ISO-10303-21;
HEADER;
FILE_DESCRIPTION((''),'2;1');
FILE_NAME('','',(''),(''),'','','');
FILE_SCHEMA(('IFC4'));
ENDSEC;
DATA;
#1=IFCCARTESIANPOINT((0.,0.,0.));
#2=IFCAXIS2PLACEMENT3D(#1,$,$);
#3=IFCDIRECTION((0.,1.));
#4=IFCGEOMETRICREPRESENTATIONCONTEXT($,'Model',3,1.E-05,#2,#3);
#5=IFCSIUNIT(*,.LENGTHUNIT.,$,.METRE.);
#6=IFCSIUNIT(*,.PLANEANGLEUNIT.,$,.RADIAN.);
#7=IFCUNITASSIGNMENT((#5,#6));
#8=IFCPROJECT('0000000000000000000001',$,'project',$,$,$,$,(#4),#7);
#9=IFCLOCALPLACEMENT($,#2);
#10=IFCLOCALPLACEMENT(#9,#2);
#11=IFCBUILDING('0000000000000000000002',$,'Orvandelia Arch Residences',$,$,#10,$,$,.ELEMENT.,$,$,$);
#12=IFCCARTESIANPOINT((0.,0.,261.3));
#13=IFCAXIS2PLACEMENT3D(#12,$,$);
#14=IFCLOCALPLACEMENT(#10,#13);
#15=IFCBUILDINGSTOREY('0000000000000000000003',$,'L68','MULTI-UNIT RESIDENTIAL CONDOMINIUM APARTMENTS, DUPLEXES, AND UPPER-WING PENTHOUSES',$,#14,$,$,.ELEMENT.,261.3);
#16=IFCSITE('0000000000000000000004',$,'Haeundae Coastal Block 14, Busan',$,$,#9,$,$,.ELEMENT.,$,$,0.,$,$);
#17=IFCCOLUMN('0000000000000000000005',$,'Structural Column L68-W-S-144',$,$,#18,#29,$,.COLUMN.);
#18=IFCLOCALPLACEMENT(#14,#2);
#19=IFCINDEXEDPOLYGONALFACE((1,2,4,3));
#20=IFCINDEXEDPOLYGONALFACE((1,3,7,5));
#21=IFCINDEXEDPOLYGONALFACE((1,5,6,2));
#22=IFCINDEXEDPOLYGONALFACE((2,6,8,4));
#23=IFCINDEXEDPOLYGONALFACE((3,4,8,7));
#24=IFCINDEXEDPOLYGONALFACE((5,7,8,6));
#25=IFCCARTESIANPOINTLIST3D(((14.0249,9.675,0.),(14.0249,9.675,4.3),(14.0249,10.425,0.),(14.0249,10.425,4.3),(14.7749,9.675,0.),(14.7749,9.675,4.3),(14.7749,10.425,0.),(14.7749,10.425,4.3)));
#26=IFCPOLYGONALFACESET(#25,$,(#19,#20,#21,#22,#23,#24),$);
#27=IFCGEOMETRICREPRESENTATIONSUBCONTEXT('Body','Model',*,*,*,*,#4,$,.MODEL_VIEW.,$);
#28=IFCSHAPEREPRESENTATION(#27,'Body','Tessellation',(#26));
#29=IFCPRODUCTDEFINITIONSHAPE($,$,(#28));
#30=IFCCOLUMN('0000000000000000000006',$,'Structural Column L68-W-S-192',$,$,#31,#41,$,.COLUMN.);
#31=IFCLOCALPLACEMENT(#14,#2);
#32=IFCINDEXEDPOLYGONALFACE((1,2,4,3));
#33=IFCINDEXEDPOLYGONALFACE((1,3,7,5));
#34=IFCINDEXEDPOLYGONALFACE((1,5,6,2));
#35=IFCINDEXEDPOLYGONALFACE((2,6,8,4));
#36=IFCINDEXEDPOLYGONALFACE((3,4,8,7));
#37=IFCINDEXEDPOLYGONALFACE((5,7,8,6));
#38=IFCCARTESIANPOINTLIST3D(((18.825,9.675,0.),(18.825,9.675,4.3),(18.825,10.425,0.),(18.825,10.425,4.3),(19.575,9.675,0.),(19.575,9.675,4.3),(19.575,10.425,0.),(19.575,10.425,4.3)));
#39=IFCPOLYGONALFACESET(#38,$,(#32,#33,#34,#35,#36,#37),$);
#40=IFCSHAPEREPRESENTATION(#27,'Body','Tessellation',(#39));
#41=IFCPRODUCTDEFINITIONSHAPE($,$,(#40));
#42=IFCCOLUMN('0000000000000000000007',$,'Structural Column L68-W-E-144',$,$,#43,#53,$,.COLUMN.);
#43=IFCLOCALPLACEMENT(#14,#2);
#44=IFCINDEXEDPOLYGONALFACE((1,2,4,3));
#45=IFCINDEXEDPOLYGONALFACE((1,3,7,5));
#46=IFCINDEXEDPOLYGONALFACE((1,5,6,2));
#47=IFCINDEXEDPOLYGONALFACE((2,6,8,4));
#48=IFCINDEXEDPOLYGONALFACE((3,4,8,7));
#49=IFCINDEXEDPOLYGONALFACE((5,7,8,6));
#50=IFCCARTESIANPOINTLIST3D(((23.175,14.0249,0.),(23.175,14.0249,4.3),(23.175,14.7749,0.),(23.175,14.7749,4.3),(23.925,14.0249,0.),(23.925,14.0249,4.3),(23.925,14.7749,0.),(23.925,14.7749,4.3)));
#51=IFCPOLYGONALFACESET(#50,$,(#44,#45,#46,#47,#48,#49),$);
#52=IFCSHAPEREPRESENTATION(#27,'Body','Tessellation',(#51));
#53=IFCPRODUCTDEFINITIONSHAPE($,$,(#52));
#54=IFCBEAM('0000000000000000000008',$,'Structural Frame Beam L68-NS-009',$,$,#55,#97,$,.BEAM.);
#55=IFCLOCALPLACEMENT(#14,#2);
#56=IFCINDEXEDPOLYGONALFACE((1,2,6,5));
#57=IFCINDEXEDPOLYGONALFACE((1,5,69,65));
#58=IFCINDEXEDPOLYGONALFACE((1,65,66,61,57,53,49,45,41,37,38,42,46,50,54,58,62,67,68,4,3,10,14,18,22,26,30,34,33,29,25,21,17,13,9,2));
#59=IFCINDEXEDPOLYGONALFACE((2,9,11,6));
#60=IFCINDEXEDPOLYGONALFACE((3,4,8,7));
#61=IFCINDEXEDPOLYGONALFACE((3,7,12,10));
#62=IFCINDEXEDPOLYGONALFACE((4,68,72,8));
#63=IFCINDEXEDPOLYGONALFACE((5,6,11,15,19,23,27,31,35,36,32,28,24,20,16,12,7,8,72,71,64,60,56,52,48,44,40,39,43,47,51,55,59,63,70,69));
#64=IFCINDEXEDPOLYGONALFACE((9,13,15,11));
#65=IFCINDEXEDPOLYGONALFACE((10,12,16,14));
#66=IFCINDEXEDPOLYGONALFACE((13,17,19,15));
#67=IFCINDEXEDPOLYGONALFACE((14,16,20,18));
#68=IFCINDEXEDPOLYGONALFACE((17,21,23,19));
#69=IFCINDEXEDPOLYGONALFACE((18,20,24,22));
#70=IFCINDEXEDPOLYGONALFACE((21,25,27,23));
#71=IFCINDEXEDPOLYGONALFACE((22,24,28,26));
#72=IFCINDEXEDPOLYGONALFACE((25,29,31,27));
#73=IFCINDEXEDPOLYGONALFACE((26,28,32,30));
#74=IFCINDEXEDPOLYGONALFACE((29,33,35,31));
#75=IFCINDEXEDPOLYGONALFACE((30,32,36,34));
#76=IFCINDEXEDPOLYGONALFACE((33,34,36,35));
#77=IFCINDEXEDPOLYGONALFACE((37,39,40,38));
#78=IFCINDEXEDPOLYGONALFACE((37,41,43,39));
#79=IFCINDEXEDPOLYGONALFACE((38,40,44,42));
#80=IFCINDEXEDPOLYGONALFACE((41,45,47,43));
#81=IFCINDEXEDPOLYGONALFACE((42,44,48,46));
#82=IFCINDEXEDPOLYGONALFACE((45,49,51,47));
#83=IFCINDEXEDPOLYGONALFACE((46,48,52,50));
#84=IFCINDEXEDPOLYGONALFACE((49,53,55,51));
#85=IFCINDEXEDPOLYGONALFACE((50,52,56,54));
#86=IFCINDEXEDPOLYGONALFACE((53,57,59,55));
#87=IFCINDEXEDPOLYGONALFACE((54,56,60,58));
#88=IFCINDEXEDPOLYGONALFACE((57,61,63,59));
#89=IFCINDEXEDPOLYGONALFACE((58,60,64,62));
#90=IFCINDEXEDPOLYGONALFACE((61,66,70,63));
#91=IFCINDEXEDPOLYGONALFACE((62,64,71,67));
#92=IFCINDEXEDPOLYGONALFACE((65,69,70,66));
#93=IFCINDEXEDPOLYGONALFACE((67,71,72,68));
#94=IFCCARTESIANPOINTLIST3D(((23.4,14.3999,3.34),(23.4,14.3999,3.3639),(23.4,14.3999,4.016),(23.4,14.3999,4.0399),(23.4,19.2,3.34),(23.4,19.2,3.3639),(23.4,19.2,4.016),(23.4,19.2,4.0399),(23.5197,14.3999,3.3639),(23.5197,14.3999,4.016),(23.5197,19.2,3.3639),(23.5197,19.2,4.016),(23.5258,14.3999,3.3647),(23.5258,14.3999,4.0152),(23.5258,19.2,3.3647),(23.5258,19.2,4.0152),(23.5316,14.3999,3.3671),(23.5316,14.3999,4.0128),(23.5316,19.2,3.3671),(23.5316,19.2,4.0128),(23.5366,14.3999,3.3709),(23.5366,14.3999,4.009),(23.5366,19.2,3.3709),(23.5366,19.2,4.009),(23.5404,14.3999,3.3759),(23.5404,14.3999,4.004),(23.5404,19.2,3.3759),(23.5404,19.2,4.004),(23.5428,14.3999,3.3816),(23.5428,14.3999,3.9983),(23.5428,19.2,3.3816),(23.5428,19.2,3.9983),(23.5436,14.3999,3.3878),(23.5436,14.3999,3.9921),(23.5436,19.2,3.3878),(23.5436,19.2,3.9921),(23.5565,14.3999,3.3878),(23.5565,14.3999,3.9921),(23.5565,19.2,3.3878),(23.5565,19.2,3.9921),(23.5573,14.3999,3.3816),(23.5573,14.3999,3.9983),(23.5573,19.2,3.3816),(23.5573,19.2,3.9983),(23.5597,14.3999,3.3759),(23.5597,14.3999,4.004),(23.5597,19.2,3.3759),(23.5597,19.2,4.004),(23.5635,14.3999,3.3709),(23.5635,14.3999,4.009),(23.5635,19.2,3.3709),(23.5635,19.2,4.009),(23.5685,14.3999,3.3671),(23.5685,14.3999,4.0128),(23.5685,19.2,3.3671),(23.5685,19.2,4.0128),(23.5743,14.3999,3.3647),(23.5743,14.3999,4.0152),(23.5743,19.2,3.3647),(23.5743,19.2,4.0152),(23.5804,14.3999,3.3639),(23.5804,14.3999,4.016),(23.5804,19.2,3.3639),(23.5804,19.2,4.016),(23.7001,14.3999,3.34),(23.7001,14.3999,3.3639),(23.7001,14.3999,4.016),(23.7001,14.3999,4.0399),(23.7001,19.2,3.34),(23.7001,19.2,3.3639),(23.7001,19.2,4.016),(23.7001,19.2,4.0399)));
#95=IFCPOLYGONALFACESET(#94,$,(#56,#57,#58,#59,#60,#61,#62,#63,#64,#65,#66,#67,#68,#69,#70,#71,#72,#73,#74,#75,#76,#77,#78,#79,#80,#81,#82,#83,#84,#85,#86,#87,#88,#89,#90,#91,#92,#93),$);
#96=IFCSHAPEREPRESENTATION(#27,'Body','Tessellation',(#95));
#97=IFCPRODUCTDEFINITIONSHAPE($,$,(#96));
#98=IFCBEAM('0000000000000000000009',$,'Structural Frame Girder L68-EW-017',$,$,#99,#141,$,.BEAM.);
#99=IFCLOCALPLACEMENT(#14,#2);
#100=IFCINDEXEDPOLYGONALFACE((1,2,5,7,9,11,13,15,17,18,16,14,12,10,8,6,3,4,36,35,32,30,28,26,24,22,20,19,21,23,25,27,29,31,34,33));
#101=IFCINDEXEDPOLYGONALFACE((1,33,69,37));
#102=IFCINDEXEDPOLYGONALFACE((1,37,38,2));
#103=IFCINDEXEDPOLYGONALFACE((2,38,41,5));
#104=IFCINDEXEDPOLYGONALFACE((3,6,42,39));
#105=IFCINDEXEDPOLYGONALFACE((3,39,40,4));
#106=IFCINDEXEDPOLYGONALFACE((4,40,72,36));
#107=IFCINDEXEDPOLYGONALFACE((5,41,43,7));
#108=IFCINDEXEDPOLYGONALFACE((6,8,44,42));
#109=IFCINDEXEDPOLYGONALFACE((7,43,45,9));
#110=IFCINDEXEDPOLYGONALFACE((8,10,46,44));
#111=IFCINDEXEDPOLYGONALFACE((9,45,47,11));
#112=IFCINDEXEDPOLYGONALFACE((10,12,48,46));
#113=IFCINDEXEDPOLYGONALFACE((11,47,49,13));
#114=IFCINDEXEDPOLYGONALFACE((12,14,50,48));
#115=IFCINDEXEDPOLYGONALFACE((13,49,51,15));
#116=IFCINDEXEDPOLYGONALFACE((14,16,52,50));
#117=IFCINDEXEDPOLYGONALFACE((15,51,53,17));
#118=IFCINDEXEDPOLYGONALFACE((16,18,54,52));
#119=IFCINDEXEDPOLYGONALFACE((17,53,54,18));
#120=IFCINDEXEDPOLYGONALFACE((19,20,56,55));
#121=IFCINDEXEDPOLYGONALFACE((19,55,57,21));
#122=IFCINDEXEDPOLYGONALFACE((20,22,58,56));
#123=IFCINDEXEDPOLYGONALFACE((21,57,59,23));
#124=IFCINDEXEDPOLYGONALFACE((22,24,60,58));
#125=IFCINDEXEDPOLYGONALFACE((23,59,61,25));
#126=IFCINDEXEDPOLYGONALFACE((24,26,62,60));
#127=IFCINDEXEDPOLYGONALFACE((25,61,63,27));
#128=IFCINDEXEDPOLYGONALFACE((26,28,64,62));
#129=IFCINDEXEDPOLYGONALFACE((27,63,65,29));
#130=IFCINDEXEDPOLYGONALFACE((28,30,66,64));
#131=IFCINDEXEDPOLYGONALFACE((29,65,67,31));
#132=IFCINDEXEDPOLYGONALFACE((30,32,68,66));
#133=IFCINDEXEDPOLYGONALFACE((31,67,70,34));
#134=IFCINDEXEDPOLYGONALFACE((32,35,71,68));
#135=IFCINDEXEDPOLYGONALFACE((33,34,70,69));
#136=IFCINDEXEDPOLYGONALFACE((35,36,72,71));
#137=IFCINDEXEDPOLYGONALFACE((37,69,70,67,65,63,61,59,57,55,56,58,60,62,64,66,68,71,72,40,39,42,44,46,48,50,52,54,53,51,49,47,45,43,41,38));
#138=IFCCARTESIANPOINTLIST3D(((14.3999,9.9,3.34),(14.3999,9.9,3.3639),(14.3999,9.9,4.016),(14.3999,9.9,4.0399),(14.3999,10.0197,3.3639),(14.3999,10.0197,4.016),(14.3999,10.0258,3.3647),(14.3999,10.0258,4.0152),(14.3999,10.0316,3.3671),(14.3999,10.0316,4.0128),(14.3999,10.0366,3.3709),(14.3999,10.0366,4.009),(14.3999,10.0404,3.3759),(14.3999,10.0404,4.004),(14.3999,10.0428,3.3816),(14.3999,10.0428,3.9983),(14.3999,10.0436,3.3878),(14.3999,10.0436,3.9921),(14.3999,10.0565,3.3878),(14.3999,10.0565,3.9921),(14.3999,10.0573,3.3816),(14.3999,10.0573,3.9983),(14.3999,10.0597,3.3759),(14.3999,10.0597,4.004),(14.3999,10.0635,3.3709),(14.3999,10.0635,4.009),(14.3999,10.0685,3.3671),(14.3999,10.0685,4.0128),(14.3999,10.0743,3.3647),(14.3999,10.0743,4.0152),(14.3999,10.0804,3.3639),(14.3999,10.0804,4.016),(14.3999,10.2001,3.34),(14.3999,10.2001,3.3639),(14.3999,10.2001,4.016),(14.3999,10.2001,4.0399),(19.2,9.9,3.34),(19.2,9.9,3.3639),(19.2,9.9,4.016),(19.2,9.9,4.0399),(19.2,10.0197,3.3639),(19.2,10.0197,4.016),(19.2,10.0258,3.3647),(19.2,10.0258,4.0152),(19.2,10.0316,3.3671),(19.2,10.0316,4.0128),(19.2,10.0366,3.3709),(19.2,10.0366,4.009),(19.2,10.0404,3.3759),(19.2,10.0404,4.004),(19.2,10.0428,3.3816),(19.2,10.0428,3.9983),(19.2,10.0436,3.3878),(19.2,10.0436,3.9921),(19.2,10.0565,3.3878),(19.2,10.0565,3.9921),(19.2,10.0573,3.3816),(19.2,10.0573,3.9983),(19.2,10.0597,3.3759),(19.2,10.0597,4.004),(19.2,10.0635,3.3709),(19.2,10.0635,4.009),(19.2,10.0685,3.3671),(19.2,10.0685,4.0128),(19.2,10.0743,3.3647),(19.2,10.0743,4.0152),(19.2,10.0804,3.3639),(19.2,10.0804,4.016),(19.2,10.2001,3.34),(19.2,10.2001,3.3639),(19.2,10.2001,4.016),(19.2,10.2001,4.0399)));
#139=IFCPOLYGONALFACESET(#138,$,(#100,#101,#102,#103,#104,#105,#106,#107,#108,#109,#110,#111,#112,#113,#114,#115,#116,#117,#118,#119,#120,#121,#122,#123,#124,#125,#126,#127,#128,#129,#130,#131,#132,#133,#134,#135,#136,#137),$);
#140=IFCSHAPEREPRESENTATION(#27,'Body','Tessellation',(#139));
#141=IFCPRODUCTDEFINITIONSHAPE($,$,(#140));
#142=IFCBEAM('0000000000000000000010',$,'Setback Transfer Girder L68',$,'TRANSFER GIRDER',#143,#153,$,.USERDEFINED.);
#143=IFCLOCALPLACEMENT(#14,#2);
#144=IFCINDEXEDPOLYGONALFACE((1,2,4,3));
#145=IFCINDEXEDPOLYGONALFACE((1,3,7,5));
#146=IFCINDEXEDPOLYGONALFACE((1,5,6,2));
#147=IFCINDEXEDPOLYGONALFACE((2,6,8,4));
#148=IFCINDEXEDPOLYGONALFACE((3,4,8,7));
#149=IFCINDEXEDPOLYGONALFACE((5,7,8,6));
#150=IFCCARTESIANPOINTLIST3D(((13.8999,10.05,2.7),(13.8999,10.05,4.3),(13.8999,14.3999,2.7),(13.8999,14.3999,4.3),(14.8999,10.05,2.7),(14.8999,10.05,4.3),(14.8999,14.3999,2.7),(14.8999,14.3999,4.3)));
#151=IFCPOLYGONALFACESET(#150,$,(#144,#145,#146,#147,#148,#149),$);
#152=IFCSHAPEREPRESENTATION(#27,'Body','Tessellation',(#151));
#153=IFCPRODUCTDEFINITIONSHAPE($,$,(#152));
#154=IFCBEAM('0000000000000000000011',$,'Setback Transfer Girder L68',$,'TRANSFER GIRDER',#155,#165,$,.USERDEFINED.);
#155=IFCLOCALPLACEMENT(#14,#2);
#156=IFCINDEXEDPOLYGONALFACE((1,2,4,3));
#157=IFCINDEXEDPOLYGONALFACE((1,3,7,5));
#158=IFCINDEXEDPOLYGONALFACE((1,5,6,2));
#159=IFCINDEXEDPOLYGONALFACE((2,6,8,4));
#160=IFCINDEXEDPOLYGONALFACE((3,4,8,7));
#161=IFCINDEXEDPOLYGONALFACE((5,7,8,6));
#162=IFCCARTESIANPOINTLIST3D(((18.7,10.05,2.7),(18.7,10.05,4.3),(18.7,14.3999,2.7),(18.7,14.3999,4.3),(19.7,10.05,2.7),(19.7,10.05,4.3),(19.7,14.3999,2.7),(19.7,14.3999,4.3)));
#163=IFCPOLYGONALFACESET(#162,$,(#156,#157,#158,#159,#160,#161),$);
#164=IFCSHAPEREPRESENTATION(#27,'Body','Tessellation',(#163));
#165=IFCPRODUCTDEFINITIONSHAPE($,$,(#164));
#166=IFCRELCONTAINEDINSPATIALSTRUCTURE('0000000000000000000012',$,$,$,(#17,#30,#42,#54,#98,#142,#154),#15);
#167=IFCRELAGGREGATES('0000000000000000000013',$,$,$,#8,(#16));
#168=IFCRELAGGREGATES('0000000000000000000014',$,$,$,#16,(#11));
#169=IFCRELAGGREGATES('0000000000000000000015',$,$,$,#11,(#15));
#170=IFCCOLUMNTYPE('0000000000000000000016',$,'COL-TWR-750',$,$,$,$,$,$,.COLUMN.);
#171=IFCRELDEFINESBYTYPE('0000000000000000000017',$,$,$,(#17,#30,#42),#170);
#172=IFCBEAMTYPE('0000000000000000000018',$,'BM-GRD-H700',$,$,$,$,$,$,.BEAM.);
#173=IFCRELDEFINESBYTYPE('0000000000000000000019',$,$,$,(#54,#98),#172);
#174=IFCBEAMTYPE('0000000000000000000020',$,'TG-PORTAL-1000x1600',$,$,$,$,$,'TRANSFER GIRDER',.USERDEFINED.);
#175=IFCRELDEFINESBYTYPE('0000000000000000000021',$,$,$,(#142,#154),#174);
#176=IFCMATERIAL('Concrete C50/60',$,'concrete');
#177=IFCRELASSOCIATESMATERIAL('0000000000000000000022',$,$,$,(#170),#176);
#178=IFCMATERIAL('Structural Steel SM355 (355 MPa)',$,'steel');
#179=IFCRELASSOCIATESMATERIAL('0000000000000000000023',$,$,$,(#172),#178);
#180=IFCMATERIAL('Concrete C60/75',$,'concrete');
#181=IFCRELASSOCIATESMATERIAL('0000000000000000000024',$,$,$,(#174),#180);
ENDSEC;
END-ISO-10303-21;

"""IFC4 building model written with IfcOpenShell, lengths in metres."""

from ifc_helpers import new_model, si_unit, direction, frame, origin, origin_2d, place, context, subcontext, project, spatial, rectangle, i_section, extrude, material, material_profile, profile_set, type_object, element, save


model = new_model("IFC4")

# Units and contexts
model_context = context("Model", 3, precision=1e-05, world=origin(), true_north=direction((0.0, 1.0)))
body_context = subcontext(model_context, "Body", "Model", "MODEL_VIEW")
ifc_project = project(units=[si_unit("LENGTHUNIT", "METRE"), si_unit("PLANEANGLEUNIT", "RADIAN")], contexts=[model_context])

# Site, building, storey
site_placement = place(None, origin())
site = spatial("IfcSite", under=ifc_project, at=site_placement, Name="Haeundae Coastal Block 14, Busan", CompositionType="ELEMENT", RefElevation=0.0)
building_placement = place(site_placement, origin())
building = spatial("IfcBuilding", under=site, at=building_placement, Name="Orvandelia Arch Residences", CompositionType="ELEMENT")
storey_placement = place(building_placement, frame((0.0, 0.0, 261.3)))
storey = spatial("IfcBuildingStorey", under=building, at=storey_placement, Name="L68", Description="MULTI-UNIT RESIDENTIAL CONDOMINIUM APARTMENTS, DUPLEXES, AND UPPER-WING PENTHOUSES", CompositionType="ELEMENT", Elevation=261.3)

# Columns
ifc_material_1 = material(Name="Concrete C50/60", Category="concrete")
ifc_material_profile_1 = material_profile(ifc_material_1, rectangle(XDim=0.75, YDim=0.75, at=origin_2d()), Name="Concrete C50/60", Category="concrete")
ifc_profile_set_1 = profile_set([ifc_material_profile_1], Name="Concrete C50/60")
column_type = type_object("IfcColumnType", Name="COL-TWR-750", PredefinedType="COLUMN", material=ifc_profile_set_1)
for number, where, z_axis, x_axis, name in (
    (1, (14.3999, 10.05, 0.0), (0.0, 0.0, 1.0), (1.0, 0.0, 0.0), "Structural Column L68-W-S-144"),
    (2, (19.2, 10.05, 0.0), (0.0, 0.0, 1.0), (1.0, 0.0, 0.0), "Structural Column L68-W-S-192"),
    (3, (23.55, 14.3999, 0.0), (0.0, 0.0, 1.0), (1.0, 0.0, 0.0), "Structural Column L68-W-E-144"),
):
    element("IfcColumn", number, at=place(storey_placement, frame(where, z_axis=z_axis, x_axis=x_axis)), inside=storey, type_object=column_type, Name=name, PredefinedType="COLUMN", context=body_context, shape_type="SweptSolid", body=[
        extrude(rectangle(XDim=0.75, YDim=0.75, at=origin_2d()), origin(), (0.0, 0.0, 1.0), 4.3),
    ])

# Beams
ifc_material_2 = material(Name="Structural Steel SM355 (355 MPa)", Category="steel")
ifc_material_profile_2 = material_profile(ifc_material_2, i_section(OverallWidth=0.3, OverallDepth=0.7, WebThickness=0.0129, FlangeThickness=0.0239, FilletRadius=0.0239, at=origin_2d()), Name="Structural Steel SM355 (355 MPa)", Category="steel")
ifc_profile_set_2 = profile_set([ifc_material_profile_2], Name="Structural Steel SM355 (355 MPa)")
beam_type_1 = type_object("IfcBeamType", Name="BM-GRD-H700", PredefinedType="BEAM", material=ifc_profile_set_2)
for number, where, z_axis, x_axis, name in (
    (4, (23.55, 14.3999, 3.6899), (0.0, 1.0, 0.0), (-1.0, 0.0, 0.0), "Structural Frame Beam L68-NS-009"),
    (5, (14.3999, 10.05, 3.6899), (1.0, 0.0, 0.0), (0.0, 1.0, 0.0), "Structural Frame Girder L68-EW-017"),
):
    element("IfcBeam", number, at=place(storey_placement, frame(where, z_axis=z_axis, x_axis=x_axis)), inside=storey, type_object=beam_type_1, Name=name, PredefinedType="BEAM", context=body_context, shape_type="SweptSolid", body=[
        extrude(i_section(OverallWidth=0.3, OverallDepth=0.7, WebThickness=0.0129, FlangeThickness=0.0239, FilletRadius=0.0239, at=origin_2d()), origin(), (0.0, 0.0, 1.0), 4.8),
    ])
ifc_material_3 = material(Name="Concrete C60/75", Category="concrete")
ifc_material_profile_3 = material_profile(ifc_material_3, rectangle(XDim=1.0, YDim=1.6001, at=origin_2d()), Name="Concrete C60/75", Category="concrete")
ifc_profile_set_3 = profile_set([ifc_material_profile_3], Name="Concrete C60/75")
beam_type_2 = type_object("IfcBeamType", Name="TG-PORTAL-1000x1600", ElementType="TRANSFER GIRDER", PredefinedType="USERDEFINED", material=ifc_profile_set_3)
for number, where, z_axis, x_axis, name in (
    (6, (14.3999, 10.05, 3.5), (0.0, 1.0, 0.0), (-1.0, 0.0, 0.0), "Setback Transfer Girder L68"),
    (7, (19.2, 10.05, 3.5), (0.0, 1.0, 0.0), (-1.0, 0.0, 0.0), "Setback Transfer Girder L68"),
):
    element("IfcBeam", number, at=place(storey_placement, frame(where, z_axis=z_axis, x_axis=x_axis)), inside=storey, type_object=beam_type_2, Name=name, ObjectType="TRANSFER GIRDER", PredefinedType="USERDEFINED", context=body_context, shape_type="SweptSolid", body=[
        extrude(rectangle(XDim=1.0, YDim=1.6001, at=origin_2d()), origin(), (0.0, 0.0, 1.0), 4.3499),
    ])

save(model, "model.ifc")
